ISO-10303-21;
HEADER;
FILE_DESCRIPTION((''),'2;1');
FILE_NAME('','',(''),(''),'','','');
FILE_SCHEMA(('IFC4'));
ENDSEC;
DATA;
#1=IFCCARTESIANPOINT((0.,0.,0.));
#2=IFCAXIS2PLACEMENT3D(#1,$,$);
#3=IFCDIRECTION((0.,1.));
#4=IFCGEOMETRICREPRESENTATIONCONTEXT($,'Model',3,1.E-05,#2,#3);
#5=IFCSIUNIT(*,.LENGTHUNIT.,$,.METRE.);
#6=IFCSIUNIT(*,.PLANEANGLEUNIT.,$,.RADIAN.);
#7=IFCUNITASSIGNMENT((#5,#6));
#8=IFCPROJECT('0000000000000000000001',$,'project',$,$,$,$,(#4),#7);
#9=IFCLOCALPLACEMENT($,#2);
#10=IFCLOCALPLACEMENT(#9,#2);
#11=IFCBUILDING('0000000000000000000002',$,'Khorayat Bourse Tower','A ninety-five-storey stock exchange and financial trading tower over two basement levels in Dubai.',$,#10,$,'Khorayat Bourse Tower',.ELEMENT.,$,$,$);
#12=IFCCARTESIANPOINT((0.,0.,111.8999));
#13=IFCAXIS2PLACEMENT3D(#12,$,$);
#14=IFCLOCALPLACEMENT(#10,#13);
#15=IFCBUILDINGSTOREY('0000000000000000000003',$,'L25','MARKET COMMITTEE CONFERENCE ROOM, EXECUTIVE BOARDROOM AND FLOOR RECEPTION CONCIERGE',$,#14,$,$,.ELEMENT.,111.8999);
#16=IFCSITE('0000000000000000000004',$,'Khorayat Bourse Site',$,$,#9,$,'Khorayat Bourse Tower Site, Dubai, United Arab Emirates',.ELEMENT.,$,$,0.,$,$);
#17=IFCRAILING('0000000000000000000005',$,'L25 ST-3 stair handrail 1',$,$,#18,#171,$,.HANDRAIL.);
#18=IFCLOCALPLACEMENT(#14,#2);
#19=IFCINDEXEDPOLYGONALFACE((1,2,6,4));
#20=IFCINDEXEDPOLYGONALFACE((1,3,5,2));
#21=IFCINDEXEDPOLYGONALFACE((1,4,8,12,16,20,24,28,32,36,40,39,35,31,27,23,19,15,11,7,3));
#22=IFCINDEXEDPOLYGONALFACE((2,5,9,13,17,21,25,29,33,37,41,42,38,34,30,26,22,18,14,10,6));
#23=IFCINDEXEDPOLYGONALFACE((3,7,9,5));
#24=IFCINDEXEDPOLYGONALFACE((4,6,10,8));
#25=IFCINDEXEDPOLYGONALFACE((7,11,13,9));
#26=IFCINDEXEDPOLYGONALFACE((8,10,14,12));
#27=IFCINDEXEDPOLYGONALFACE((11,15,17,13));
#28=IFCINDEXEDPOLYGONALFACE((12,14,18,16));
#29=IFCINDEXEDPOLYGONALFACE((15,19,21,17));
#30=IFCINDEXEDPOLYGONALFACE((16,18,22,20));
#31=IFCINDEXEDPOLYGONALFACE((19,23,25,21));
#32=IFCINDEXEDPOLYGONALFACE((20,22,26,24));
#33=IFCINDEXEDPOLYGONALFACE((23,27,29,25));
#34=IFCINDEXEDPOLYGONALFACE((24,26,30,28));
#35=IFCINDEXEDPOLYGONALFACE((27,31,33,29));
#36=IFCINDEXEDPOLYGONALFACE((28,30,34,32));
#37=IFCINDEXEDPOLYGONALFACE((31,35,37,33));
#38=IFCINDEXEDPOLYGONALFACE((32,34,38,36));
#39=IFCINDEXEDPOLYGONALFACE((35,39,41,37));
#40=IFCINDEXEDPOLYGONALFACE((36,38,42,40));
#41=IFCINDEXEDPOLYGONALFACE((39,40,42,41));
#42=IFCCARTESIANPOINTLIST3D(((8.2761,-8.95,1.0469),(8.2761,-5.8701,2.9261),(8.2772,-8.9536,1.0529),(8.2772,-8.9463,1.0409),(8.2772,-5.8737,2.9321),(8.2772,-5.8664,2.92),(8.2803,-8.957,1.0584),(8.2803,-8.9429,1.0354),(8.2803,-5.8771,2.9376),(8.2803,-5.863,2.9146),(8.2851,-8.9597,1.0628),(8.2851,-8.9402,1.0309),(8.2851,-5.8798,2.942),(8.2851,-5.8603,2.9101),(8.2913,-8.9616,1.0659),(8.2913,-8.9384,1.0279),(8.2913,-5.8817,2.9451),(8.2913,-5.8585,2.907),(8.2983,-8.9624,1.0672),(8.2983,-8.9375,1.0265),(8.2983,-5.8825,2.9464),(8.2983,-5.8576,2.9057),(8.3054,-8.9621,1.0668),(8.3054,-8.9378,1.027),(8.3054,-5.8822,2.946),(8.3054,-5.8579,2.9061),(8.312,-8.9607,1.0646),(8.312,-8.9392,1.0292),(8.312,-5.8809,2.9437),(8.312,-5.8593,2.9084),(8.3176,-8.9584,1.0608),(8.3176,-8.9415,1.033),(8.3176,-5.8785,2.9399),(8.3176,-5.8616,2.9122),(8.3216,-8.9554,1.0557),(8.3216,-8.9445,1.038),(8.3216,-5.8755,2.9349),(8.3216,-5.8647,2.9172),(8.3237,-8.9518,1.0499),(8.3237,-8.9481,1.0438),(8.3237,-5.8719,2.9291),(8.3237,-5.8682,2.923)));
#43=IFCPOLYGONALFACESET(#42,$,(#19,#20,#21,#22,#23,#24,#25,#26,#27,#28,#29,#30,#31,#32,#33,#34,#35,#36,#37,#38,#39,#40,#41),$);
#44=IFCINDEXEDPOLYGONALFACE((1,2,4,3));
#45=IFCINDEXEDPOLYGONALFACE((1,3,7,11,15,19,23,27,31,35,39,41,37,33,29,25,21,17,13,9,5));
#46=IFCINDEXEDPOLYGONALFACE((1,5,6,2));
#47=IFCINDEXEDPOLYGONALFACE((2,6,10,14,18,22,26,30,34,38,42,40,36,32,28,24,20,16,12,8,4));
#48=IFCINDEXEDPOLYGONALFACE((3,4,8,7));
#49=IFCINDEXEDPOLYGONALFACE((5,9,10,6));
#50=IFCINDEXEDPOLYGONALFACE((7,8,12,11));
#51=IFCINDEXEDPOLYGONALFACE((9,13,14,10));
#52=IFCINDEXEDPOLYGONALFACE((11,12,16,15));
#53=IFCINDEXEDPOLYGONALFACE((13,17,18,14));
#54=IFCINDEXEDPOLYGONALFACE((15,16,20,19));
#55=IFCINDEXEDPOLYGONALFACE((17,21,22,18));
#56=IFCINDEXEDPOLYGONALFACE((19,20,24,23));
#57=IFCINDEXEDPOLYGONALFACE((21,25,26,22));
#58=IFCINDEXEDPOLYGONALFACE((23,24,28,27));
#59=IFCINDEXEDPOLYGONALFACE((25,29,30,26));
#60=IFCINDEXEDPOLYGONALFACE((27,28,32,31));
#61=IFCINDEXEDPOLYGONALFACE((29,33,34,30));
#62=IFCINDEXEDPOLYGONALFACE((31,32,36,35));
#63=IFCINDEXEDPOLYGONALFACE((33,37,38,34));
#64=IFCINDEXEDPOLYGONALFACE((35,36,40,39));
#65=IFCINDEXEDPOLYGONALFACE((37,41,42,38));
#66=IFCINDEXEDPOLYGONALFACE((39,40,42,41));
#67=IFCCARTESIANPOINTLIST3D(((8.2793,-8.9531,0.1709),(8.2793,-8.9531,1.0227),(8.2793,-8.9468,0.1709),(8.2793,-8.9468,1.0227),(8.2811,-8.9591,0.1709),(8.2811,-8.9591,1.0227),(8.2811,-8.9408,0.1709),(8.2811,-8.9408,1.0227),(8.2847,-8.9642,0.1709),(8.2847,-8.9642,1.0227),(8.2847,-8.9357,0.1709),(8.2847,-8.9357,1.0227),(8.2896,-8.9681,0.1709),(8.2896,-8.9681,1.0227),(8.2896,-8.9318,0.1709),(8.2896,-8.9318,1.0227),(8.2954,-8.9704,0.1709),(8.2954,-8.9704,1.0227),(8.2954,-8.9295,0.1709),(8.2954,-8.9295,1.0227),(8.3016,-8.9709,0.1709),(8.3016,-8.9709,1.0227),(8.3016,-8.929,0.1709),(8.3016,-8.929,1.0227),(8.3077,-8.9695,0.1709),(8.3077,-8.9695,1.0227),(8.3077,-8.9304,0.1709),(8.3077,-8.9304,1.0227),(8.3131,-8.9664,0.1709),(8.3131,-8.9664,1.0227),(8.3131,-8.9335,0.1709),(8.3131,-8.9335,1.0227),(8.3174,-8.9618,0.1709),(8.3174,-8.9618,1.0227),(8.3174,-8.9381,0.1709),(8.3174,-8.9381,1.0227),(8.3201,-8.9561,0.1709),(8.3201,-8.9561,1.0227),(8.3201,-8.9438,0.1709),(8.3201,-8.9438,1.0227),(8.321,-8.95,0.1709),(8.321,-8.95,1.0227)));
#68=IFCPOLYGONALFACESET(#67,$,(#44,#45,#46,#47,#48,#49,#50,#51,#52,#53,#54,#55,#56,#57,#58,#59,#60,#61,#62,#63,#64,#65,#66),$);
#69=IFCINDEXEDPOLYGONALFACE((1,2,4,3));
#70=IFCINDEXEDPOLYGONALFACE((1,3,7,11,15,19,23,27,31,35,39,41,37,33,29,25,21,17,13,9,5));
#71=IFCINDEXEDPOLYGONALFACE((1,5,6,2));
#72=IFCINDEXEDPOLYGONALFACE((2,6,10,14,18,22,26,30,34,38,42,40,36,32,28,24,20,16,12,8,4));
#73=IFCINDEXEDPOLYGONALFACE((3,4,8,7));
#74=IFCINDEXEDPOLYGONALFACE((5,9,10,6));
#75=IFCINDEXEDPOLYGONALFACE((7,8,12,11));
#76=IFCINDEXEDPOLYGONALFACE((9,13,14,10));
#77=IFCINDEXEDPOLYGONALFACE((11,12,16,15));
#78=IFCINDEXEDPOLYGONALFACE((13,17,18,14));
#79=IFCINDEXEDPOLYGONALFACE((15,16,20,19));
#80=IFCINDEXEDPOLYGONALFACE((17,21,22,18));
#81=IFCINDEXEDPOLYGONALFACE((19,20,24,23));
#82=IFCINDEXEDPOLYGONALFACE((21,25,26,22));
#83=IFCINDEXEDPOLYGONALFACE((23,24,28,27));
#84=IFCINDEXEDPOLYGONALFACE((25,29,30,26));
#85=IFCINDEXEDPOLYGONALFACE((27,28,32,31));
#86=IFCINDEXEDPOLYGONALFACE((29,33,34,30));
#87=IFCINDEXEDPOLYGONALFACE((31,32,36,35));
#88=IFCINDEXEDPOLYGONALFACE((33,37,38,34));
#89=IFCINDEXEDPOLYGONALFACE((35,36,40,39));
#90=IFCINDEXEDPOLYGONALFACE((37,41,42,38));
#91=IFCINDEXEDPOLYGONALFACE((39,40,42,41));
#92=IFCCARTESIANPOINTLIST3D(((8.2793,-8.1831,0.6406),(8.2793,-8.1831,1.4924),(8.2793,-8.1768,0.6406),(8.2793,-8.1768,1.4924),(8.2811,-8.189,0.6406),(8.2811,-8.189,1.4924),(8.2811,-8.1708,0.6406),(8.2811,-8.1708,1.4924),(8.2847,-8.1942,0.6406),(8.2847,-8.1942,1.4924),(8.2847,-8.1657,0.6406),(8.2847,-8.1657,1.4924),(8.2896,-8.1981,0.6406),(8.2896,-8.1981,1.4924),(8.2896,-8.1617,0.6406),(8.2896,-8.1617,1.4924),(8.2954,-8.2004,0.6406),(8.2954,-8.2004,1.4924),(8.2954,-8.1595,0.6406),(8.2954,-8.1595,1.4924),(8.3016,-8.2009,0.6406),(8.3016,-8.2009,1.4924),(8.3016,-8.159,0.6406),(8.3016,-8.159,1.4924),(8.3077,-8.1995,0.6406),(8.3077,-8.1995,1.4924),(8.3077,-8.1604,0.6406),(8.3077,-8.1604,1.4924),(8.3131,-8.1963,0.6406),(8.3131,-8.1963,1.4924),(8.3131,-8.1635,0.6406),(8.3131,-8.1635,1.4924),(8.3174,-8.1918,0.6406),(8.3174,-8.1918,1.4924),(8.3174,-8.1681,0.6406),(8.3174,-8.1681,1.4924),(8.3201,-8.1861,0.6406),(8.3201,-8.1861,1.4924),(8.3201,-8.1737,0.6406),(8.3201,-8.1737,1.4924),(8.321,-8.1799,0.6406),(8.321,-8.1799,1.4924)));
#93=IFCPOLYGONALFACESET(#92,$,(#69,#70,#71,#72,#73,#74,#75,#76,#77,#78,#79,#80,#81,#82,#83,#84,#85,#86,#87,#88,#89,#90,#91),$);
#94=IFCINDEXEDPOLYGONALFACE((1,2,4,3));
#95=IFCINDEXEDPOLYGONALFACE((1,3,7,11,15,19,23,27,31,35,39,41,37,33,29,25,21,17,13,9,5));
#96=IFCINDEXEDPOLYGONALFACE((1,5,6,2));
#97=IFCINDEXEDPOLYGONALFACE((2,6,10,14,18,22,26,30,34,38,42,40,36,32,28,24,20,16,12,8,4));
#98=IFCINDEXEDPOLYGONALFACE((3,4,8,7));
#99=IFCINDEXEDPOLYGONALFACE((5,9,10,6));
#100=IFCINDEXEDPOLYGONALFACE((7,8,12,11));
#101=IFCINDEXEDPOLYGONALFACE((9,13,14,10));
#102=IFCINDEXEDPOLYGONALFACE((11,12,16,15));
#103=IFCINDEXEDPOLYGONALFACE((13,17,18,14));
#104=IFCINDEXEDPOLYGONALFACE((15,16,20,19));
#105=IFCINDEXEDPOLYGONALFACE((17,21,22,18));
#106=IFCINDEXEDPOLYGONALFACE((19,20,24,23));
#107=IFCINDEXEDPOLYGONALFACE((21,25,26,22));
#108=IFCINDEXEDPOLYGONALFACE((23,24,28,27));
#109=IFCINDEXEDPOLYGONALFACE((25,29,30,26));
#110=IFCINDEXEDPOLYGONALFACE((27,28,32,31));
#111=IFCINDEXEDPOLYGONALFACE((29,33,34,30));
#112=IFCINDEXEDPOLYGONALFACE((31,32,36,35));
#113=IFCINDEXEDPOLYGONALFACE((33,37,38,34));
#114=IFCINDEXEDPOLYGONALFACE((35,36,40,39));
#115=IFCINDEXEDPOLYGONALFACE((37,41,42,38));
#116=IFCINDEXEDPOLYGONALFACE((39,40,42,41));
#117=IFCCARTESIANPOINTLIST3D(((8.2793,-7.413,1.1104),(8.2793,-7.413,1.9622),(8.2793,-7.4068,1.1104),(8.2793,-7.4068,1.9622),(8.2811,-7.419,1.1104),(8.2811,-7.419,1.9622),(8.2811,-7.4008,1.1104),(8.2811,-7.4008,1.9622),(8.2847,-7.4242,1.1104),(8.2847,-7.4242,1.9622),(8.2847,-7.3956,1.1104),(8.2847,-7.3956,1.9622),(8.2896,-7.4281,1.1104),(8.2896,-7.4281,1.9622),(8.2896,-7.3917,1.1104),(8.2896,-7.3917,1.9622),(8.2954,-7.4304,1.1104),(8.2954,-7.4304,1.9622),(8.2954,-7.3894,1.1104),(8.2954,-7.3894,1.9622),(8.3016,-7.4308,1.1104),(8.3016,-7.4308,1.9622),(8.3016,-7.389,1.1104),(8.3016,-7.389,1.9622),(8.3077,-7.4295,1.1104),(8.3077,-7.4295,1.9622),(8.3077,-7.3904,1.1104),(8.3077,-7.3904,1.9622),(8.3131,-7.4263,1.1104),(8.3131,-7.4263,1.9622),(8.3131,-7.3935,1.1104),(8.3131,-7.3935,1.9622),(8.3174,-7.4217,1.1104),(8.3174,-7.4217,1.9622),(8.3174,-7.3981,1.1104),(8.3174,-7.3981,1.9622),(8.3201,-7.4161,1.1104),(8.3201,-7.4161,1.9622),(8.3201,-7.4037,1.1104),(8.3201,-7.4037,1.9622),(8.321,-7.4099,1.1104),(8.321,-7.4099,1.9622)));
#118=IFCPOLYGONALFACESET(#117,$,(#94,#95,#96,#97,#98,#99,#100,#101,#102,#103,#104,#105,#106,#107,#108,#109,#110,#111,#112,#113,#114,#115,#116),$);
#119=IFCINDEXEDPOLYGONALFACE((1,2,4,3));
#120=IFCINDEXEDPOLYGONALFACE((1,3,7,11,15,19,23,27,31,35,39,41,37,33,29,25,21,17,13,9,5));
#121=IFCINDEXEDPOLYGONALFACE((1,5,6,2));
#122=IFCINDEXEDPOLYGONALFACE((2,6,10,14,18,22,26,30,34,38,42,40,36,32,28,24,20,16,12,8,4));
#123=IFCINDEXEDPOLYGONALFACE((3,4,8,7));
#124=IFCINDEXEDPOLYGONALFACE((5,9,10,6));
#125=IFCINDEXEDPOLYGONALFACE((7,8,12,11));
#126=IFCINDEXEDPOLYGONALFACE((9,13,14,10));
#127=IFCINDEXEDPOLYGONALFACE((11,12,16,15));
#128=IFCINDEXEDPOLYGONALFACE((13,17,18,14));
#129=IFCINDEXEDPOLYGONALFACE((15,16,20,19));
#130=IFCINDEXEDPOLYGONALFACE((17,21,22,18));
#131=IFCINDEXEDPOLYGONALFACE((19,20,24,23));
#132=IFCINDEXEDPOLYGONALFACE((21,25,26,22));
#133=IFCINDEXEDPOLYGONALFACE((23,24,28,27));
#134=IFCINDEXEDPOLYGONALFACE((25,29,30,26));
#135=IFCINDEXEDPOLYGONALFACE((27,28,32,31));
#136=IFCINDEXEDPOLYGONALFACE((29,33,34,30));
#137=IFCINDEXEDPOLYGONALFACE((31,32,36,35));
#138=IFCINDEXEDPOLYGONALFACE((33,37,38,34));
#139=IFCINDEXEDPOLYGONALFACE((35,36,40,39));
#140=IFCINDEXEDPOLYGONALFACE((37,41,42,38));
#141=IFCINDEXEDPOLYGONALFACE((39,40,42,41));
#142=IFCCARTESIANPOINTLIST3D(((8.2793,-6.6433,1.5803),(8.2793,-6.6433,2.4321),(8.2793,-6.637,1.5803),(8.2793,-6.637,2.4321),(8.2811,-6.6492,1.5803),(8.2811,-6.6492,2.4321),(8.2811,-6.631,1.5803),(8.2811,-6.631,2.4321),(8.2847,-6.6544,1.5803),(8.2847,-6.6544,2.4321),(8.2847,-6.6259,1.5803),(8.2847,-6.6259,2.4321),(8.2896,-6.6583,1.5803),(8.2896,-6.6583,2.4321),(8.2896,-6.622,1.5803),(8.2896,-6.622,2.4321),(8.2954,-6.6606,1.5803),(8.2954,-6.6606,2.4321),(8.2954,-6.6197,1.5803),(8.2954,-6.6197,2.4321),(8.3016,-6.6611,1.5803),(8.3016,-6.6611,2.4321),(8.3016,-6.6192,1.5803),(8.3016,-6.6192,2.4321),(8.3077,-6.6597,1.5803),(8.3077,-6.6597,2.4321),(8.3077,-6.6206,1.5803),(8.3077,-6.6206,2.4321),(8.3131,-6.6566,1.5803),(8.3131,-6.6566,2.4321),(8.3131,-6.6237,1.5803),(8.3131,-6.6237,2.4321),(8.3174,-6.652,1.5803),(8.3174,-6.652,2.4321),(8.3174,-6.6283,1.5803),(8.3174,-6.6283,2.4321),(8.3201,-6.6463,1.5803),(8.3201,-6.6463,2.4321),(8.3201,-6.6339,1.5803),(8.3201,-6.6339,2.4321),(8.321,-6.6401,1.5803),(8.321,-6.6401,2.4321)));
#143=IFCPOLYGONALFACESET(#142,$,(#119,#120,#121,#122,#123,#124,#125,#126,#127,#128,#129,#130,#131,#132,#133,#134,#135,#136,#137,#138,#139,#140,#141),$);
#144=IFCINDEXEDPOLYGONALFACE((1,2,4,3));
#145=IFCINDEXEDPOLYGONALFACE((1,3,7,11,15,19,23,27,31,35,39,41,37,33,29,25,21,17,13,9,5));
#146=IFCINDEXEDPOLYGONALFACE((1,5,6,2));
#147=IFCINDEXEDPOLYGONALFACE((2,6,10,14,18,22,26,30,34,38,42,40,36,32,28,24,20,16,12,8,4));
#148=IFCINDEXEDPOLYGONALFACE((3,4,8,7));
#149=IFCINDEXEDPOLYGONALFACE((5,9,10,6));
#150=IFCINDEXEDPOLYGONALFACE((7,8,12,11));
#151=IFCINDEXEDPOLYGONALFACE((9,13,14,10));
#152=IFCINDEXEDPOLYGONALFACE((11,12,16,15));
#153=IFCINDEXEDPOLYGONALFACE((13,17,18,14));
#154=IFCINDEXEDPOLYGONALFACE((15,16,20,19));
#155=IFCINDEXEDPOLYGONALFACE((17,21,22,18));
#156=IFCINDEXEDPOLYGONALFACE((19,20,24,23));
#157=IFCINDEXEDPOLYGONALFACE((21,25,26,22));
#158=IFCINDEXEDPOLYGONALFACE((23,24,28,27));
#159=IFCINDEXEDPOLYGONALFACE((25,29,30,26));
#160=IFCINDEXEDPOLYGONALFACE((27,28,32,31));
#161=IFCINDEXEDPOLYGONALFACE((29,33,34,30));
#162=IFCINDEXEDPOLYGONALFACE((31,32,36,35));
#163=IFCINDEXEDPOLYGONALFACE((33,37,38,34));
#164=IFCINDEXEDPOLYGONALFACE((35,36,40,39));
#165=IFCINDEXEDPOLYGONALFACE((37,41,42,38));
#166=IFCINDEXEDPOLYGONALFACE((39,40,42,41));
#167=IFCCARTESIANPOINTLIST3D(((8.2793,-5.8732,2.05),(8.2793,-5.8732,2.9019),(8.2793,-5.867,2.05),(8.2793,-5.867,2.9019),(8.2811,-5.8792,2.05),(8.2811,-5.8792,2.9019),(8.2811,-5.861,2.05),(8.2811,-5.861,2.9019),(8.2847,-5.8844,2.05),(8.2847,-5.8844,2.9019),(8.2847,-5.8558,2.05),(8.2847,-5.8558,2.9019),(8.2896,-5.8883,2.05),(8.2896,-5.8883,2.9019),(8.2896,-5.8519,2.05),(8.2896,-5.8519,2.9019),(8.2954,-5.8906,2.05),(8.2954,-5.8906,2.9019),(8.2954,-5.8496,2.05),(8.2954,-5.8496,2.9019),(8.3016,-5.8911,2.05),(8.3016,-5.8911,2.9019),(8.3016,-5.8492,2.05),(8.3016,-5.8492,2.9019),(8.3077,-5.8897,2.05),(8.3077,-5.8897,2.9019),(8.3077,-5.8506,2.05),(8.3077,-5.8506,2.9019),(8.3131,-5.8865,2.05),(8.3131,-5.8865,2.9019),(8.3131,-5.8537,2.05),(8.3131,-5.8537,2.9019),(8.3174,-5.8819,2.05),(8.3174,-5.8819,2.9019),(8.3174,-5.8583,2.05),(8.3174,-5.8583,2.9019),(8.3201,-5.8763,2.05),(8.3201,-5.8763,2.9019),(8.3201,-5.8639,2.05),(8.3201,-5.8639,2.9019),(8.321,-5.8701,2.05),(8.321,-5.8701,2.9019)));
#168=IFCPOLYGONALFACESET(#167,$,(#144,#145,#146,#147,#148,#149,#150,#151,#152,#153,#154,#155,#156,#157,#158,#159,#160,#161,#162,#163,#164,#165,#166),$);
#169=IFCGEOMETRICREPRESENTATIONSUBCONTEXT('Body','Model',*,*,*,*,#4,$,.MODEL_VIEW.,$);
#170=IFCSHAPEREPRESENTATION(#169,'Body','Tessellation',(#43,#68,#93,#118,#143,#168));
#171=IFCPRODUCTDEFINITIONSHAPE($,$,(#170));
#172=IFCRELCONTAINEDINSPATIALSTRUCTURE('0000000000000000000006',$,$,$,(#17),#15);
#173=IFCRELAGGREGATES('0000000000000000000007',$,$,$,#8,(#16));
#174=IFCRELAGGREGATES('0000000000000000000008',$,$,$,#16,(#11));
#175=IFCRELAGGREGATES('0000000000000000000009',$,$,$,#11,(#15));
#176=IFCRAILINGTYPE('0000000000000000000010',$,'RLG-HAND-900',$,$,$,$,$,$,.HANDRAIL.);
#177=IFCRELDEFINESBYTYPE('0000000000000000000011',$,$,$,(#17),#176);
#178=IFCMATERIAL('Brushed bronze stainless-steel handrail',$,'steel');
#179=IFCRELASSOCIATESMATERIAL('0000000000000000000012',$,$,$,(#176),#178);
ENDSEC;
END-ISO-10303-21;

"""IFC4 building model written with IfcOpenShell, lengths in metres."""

from ifc_helpers import new_model, si_unit, direction, frame, origin, origin_2d, place, context, subcontext, project, spatial, circle, extrude, source, transform, mapped, material, type_object, element, save


model = new_model("IFC4")

# Units and contexts
model_context = context("Model", 3, precision=1e-05, world=origin(), true_north=direction((0.0, 1.0)))
body_context = subcontext(model_context, "Body", "Model", "MODEL_VIEW")
ifc_project = project(units=[si_unit("LENGTHUNIT", "METRE"), si_unit("PLANEANGLEUNIT", "RADIAN")], contexts=[model_context])

# Site, building, storey
site_placement = place(None, origin())
site = spatial("IfcSite", under=ifc_project, at=site_placement, Name="Khorayat Bourse Site", LongName="Khorayat Bourse Tower Site, Dubai, United Arab Emirates", CompositionType="ELEMENT", RefElevation=0.0)
building_placement = place(site_placement, origin())
building = spatial("IfcBuilding", under=site, at=building_placement, Name="Khorayat Bourse Tower", Description="A ninety-five-storey stock exchange and financial trading tower over two basement levels in Dubai.", LongName="Khorayat Bourse Tower", CompositionType="ELEMENT")
storey_placement = place(building_placement, frame((0.0, 0.0, 111.8999)))
storey = spatial("IfcBuildingStorey", under=building, at=storey_placement, Name="L25", Description="MARKET COMMITTEE CONFERENCE ROOM, EXECUTIVE BOARDROOM AND FLOOR RECEPTION CONCIERGE", CompositionType="ELEMENT", Elevation=111.8999)

# Railing
ifc_material_1 = material(Name="Brushed bronze stainless-steel handrail", Category="steel")
railing_type_1 = type_object("IfcRailingType", Name="RLG-HAND-900", PredefinedType="HANDRAIL", material=ifc_material_1)
shared_shape_1 = source(origin(), body_context, "Body", "SweptSolid", [
    extrude(circle(Radius=0.0239, at=origin_2d()), frame((0.0, 0.0, 0.876), z_axis=(0.0, 0.853648, 0.52085), x_axis=(-1.0, 0.0, 0.0)), (0.0, 0.0, 1.0), 3.6079),
    extrude(circle(Radius=0.021, at=origin_2d()), origin(), (0.0, 0.0, 1.0), 0.8518),
    extrude(circle(Radius=0.021, at=origin_2d()), frame((0.0, 0.77, 0.4697)), (0.0, 0.0, 1.0), 0.8518),
    extrude(circle(Radius=0.021, at=origin_2d()), frame((0.0, 1.54, 0.9395)), (0.0, 0.0, 1.0), 0.8518),
    extrude(circle(Radius=0.021, at=origin_2d()), frame((0.0, 2.3098, 1.4094)), (0.0, 0.0, 1.0), 0.8518),
    extrude(circle(Radius=0.021, at=origin_2d()), frame((0.0, 3.0798, 1.8792)), (0.0, 0.0, 1.0), 0.8518),
])
railing_1_placement = place(storey_placement, frame((8.3, -8.95, 0.1709)))
element("IfcRailing", 1, at=railing_1_placement, inside=storey, type_object=railing_type_1, Name="L25 ST-3 stair handrail 1", PredefinedType="HANDRAIL", context=body_context, shape_type="MappedRepresentation", body=[
    mapped(shared_shape_1, transform((0.0, 0.0, 0.0), scale=1.0)),
])

save(model, "model.ifc")
